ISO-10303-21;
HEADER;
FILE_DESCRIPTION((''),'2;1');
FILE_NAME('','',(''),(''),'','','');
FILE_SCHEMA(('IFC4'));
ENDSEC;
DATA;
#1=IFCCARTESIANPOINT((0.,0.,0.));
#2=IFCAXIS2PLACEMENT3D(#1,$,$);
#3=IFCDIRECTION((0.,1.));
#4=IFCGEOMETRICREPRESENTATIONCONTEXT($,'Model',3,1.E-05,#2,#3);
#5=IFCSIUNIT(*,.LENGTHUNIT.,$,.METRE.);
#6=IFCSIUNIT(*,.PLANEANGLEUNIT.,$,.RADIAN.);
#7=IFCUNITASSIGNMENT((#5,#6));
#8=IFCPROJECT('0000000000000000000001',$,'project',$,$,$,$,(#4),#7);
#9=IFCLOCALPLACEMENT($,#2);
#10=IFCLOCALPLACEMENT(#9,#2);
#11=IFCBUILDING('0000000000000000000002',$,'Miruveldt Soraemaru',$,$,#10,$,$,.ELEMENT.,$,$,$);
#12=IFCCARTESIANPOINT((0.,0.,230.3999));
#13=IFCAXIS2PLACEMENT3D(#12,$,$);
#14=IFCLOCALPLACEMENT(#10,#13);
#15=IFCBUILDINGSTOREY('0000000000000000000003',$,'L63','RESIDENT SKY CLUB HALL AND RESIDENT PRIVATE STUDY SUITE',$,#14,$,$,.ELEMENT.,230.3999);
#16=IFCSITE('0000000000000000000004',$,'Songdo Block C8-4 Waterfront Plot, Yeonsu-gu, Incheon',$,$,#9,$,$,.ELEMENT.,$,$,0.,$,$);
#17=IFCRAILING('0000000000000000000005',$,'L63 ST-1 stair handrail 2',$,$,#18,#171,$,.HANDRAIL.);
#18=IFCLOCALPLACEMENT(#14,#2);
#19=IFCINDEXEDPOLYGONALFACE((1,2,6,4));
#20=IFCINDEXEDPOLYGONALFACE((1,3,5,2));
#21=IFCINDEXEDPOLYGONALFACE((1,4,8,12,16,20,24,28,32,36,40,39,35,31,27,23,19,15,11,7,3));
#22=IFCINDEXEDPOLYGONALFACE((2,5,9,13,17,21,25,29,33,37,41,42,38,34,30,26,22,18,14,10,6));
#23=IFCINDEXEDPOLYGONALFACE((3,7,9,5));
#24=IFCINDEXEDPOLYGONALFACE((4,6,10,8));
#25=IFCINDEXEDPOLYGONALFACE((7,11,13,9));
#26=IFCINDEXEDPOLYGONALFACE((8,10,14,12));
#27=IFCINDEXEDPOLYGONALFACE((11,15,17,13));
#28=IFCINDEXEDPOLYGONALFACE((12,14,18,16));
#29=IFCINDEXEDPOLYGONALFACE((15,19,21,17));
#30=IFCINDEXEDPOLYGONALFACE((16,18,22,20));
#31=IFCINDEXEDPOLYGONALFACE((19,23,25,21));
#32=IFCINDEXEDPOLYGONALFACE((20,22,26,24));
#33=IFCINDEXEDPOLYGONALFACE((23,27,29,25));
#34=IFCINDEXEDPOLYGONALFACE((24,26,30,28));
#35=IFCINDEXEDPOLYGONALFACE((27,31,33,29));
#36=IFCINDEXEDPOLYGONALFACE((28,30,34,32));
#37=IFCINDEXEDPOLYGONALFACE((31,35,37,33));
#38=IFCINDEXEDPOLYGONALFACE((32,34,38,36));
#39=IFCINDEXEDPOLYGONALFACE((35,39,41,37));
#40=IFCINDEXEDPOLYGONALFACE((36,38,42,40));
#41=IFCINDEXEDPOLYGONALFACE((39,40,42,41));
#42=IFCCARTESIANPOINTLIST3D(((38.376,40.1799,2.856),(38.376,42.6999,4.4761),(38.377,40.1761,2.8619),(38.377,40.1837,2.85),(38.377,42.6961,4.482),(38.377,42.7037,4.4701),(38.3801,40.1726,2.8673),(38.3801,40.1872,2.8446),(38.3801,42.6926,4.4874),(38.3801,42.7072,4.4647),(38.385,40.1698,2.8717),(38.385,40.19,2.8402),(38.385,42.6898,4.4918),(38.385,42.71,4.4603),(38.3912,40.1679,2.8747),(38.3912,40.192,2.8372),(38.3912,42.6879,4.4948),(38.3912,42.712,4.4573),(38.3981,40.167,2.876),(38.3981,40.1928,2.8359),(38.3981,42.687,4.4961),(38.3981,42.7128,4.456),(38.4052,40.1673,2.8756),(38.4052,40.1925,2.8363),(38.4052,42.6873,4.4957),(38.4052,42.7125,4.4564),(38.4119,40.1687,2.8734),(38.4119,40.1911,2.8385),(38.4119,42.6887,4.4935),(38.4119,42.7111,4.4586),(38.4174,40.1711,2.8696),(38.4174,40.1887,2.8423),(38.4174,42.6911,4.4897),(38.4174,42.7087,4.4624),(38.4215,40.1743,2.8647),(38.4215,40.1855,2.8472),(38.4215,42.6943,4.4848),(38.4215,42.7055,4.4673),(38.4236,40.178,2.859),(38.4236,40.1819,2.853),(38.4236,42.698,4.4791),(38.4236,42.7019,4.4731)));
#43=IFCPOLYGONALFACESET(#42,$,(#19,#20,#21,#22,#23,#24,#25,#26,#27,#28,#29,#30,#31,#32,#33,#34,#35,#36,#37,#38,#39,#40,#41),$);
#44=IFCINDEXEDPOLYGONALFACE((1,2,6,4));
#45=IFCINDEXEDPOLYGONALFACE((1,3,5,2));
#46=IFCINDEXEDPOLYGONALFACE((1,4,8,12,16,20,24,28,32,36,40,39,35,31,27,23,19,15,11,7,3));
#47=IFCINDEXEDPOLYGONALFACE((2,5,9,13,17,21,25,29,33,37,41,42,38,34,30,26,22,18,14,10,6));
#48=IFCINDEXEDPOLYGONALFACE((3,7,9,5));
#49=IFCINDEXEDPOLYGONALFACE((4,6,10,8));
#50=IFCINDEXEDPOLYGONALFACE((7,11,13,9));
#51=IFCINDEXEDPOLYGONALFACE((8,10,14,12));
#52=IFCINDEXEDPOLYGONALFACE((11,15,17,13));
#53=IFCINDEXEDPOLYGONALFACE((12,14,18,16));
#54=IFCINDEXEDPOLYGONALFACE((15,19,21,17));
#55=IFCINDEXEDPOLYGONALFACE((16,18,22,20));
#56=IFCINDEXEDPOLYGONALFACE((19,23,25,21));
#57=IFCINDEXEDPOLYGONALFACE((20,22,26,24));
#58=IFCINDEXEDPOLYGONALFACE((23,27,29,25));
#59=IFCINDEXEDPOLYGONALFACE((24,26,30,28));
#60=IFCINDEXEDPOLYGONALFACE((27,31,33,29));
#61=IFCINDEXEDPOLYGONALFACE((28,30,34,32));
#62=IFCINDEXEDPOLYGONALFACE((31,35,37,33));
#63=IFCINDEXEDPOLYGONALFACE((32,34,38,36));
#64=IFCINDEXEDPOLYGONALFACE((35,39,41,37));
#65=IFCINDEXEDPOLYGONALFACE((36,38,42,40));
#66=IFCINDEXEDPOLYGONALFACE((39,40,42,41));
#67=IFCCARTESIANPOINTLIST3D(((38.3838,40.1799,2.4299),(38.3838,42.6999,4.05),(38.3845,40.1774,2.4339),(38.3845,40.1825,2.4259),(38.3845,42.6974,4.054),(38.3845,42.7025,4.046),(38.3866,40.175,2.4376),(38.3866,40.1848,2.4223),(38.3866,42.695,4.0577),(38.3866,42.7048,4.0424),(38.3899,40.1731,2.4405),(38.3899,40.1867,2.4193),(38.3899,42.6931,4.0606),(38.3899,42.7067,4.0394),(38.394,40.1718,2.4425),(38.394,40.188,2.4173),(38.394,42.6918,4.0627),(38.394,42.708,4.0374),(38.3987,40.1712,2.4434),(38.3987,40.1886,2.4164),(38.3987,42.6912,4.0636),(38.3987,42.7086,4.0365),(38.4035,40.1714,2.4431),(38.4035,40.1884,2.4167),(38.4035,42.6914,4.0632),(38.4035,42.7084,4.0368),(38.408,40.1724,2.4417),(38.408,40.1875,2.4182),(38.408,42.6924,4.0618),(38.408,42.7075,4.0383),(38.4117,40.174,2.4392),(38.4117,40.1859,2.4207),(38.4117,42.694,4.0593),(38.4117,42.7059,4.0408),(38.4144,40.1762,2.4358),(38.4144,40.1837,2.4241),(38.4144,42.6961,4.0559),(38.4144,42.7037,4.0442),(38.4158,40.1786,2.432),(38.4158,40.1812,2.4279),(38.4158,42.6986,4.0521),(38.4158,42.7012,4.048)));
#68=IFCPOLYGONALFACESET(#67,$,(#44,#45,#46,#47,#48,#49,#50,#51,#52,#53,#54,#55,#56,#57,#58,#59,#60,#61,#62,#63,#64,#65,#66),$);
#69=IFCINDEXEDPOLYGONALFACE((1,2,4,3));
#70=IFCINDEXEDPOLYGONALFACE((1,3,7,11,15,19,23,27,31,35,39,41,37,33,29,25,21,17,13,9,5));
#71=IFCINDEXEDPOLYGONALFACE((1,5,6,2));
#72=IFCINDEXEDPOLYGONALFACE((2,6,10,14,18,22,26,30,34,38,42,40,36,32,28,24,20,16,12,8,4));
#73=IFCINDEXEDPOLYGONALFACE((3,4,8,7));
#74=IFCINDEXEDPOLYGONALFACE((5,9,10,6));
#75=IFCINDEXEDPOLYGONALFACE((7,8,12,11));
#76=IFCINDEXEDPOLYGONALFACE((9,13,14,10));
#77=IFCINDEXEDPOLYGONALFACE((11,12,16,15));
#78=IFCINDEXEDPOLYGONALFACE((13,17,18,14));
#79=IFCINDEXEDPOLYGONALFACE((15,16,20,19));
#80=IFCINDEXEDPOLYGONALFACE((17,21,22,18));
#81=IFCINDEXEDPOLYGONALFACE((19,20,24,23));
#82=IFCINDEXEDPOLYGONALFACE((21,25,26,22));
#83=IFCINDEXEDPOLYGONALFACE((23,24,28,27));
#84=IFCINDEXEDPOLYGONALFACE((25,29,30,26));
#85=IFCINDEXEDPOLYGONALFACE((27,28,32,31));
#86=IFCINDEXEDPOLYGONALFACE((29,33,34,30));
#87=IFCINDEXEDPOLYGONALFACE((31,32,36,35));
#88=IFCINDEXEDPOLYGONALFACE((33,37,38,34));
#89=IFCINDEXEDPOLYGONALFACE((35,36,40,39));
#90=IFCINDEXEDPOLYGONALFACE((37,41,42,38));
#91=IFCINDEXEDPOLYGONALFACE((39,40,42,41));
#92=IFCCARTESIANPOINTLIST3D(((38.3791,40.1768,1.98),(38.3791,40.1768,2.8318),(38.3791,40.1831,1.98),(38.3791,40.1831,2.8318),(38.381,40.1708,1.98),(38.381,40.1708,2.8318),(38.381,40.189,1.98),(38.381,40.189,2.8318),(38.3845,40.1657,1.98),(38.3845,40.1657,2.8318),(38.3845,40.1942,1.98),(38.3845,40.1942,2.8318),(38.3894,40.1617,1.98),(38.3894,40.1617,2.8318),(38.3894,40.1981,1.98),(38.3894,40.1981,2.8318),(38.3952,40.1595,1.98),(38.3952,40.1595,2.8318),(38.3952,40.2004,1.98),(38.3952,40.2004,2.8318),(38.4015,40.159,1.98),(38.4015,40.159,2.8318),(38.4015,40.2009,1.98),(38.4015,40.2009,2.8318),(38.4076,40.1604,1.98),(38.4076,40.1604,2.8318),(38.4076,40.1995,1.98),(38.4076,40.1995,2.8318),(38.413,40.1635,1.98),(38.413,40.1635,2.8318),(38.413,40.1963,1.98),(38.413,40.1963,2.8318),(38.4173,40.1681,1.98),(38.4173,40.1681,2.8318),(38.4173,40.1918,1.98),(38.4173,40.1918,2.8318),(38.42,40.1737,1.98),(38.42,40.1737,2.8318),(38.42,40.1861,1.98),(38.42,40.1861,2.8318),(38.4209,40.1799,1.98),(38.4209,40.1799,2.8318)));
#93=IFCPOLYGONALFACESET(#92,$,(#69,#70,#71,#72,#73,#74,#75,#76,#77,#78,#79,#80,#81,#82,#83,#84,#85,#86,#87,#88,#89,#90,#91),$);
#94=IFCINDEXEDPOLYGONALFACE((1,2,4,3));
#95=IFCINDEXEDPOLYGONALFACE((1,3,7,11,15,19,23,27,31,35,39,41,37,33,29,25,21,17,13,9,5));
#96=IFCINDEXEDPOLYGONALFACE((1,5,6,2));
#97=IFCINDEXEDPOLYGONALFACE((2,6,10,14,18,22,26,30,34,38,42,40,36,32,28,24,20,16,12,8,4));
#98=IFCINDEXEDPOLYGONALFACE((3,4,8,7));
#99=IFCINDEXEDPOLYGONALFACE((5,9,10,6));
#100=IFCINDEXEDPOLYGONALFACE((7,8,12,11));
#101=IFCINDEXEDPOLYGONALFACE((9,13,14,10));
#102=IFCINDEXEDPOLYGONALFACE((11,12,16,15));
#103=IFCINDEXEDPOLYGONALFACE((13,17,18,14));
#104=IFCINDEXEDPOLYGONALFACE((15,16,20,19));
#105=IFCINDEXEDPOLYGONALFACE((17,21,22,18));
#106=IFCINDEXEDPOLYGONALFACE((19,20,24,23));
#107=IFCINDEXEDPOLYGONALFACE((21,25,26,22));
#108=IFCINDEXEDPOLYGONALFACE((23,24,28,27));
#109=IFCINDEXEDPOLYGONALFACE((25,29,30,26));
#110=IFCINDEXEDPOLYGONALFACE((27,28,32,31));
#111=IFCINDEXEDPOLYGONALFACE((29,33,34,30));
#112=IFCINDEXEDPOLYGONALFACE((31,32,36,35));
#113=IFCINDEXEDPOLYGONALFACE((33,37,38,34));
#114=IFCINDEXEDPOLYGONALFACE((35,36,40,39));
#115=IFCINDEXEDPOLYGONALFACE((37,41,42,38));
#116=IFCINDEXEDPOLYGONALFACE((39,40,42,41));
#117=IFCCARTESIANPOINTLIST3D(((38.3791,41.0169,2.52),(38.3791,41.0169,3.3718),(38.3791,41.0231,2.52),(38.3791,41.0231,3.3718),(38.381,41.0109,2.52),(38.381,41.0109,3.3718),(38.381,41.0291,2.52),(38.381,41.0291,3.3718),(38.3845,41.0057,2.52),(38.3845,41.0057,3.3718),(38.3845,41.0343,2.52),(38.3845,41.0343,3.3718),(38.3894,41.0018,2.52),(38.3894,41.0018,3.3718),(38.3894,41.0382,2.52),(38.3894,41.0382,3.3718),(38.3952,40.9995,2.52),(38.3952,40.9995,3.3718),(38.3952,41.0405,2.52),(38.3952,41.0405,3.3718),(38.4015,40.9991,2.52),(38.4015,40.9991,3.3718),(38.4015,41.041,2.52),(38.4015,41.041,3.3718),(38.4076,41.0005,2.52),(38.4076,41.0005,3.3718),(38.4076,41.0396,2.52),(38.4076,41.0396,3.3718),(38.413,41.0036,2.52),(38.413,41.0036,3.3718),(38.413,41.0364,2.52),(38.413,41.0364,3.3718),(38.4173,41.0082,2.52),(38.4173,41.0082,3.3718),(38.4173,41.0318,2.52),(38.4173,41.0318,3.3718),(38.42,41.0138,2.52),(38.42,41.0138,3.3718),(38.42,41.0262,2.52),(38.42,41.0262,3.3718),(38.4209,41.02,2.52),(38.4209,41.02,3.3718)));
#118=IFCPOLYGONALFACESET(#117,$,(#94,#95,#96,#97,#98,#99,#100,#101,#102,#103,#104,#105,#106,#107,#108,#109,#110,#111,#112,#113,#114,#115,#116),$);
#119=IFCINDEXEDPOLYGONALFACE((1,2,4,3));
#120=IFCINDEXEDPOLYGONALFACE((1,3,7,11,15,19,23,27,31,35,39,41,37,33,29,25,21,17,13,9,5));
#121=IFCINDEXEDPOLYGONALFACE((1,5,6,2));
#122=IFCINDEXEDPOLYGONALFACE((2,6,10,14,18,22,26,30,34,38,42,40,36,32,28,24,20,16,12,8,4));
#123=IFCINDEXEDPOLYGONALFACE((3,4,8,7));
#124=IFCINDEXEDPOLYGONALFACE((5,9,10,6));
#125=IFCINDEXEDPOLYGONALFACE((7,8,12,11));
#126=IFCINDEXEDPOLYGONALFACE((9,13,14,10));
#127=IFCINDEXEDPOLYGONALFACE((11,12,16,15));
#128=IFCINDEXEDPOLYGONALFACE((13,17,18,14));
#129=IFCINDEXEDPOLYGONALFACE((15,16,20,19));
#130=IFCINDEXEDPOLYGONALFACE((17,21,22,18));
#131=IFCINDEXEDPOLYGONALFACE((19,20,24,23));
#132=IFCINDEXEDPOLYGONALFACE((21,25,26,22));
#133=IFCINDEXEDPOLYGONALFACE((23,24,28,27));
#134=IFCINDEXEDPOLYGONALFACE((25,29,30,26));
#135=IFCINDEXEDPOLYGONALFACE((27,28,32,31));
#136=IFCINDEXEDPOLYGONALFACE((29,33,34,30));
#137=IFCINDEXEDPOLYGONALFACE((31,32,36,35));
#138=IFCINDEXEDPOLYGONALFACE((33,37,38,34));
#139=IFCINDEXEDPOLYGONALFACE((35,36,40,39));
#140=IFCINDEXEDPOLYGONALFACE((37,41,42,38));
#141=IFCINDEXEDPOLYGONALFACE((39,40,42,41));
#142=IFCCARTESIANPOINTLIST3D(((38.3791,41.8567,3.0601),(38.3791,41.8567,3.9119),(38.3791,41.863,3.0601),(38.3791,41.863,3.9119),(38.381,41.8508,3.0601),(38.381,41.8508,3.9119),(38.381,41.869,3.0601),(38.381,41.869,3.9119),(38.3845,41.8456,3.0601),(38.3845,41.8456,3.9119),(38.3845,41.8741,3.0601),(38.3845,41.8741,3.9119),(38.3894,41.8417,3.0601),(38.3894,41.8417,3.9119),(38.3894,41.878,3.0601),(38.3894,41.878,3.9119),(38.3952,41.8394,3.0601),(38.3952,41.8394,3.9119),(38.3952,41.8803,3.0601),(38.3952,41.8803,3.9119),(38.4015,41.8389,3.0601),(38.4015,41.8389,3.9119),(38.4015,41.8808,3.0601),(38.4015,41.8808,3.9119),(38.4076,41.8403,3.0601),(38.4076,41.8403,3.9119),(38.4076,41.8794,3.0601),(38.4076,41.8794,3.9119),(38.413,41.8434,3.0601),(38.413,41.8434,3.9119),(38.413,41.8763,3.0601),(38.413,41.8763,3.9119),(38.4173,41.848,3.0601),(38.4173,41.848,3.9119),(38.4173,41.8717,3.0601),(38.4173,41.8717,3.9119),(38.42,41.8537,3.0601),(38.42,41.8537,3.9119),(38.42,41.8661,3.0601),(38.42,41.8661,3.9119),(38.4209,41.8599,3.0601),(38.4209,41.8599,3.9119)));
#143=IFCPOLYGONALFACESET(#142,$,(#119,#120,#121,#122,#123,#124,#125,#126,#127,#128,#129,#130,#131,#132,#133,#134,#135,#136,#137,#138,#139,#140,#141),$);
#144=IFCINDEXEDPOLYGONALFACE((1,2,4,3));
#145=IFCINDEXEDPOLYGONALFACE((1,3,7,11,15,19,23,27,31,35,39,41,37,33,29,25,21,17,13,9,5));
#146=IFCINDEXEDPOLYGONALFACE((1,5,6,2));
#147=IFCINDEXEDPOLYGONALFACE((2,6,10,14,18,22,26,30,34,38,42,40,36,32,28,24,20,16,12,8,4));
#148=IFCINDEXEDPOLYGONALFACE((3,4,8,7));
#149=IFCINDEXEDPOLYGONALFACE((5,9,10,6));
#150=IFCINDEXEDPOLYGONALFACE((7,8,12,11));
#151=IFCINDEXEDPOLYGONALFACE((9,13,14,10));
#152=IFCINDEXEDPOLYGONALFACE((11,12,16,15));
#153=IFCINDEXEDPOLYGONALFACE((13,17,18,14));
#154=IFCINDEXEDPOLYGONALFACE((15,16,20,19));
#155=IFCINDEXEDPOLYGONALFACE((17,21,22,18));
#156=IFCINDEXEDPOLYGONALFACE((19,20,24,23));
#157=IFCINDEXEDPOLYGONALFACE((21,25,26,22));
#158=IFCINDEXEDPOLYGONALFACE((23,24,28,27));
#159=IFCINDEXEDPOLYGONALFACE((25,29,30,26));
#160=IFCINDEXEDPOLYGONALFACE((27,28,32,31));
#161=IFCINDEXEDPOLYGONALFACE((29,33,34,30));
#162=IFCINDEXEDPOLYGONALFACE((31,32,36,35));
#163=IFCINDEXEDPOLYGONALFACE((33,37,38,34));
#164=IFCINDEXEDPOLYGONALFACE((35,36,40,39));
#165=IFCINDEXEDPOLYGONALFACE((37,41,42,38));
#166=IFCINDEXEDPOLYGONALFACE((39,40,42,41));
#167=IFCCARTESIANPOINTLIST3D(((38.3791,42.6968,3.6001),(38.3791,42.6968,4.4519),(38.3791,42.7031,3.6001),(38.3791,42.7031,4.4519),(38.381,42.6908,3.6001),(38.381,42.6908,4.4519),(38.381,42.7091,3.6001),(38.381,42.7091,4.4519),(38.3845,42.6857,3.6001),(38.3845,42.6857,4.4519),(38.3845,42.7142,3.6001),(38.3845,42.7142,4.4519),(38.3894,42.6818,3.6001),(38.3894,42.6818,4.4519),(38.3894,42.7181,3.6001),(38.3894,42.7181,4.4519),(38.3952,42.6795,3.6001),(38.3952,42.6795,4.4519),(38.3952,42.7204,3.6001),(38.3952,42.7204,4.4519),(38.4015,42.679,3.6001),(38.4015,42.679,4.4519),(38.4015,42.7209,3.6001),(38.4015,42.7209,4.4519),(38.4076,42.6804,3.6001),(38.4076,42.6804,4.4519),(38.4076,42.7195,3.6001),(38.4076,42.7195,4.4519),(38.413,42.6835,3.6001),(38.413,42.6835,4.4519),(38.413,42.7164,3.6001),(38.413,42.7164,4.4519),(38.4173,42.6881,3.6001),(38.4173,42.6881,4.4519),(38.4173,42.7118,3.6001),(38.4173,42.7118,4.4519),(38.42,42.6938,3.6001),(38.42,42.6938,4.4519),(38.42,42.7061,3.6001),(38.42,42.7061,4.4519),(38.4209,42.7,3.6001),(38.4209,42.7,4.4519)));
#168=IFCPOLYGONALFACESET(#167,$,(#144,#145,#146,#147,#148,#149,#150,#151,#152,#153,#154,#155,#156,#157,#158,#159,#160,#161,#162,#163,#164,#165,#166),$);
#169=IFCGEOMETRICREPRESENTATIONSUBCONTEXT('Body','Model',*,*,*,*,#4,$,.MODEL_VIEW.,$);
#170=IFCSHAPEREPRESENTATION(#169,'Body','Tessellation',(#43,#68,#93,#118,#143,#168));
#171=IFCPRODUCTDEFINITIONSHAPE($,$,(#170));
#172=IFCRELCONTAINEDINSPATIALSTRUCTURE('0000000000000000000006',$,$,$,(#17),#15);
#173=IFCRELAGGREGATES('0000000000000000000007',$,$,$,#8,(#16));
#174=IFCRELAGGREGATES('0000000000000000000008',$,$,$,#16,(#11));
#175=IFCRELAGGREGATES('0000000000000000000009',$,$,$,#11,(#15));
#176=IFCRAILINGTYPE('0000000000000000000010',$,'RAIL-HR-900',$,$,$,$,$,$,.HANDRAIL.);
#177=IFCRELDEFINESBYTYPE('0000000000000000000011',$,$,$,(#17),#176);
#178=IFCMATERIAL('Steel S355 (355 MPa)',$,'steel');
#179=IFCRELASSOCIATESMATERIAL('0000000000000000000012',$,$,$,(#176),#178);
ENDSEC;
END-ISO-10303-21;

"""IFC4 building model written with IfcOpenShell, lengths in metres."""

from ifc_helpers import new_model, si_unit, direction, frame, origin, origin_2d, place, context, subcontext, project, spatial, circle, extrude, material, type_object, element, save


model = new_model("IFC4")

# Units and contexts
model_context = context("Model", 3, precision=1e-05, world=origin(), true_north=direction((0.0, 1.0)))
body_context = subcontext(model_context, "Body", "Model", "MODEL_VIEW")
ifc_project = project(units=[si_unit("LENGTHUNIT", "METRE"), si_unit("PLANEANGLEUNIT", "RADIAN")], contexts=[model_context])

# Site, building, storey
site_placement = place(None, origin())
site = spatial("IfcSite", under=ifc_project, at=site_placement, Name="Songdo Block C8-4 Waterfront Plot, Yeonsu-gu, Incheon", CompositionType="ELEMENT", RefElevation=0.0)
building_placement = place(site_placement, origin())
building = spatial("IfcBuilding", under=site, at=building_placement, Name="Miruveldt Soraemaru", CompositionType="ELEMENT")
storey_placement = place(building_placement, frame((0.0, 0.0, 230.3999)))
storey = spatial("IfcBuildingStorey", under=building, at=storey_placement, Name="L63", Description="RESIDENT SKY CLUB HALL AND RESIDENT PRIVATE STUDY SUITE", CompositionType="ELEMENT", Elevation=230.3999)

# Railing
ifc_material_1 = material(Name="Steel S355 (355 MPa)", Category="steel")
railing_type_1 = type_object("IfcRailingType", Name="RAIL-HR-900", PredefinedType="HANDRAIL", material=ifc_material_1)
railing_1_placement = place(storey_placement, frame((38.3999, 40.1799, 1.98)))
element("IfcRailing", 1, at=railing_1_placement, inside=storey, type_object=railing_type_1, Name="L63 ST-1 stair handrail 2", PredefinedType="HANDRAIL", context=body_context, shape_type="SweptSolid", body=[
    extrude(circle(Radius=0.0239, at=origin_2d()), frame((0.0, 0.0, 0.876), z_axis=(0.0, 0.841163, 0.540782), x_axis=(-1.0, 0.0, 0.0)), (0.0, 0.0, 1.0), 2.9958),
    extrude(circle(Radius=0.0161, at=origin_2d()), frame((0.0, 0.0, 0.45), z_axis=(0.0, 0.841163, 0.540782), x_axis=(-1.0, 0.0, 0.0)), (0.0, 0.0, 1.0), 2.9958),
    extrude(circle(Radius=0.021, at=origin_2d()), origin(), (0.0, 0.0, 1.0), 0.8518),
    extrude(circle(Radius=0.021, at=origin_2d()), frame((0.0, 0.8401, 0.54)), (0.0, 0.0, 1.0), 0.8518),
    extrude(circle(Radius=0.021, at=origin_2d()), frame((0.0, 1.6799, 1.0801)), (0.0, 0.0, 1.0), 0.8518),
    extrude(circle(Radius=0.021, at=origin_2d()), frame((0.0, 2.52, 1.6201)), (0.0, 0.0, 1.0), 0.8518),
])

save(model, "model.ifc")
